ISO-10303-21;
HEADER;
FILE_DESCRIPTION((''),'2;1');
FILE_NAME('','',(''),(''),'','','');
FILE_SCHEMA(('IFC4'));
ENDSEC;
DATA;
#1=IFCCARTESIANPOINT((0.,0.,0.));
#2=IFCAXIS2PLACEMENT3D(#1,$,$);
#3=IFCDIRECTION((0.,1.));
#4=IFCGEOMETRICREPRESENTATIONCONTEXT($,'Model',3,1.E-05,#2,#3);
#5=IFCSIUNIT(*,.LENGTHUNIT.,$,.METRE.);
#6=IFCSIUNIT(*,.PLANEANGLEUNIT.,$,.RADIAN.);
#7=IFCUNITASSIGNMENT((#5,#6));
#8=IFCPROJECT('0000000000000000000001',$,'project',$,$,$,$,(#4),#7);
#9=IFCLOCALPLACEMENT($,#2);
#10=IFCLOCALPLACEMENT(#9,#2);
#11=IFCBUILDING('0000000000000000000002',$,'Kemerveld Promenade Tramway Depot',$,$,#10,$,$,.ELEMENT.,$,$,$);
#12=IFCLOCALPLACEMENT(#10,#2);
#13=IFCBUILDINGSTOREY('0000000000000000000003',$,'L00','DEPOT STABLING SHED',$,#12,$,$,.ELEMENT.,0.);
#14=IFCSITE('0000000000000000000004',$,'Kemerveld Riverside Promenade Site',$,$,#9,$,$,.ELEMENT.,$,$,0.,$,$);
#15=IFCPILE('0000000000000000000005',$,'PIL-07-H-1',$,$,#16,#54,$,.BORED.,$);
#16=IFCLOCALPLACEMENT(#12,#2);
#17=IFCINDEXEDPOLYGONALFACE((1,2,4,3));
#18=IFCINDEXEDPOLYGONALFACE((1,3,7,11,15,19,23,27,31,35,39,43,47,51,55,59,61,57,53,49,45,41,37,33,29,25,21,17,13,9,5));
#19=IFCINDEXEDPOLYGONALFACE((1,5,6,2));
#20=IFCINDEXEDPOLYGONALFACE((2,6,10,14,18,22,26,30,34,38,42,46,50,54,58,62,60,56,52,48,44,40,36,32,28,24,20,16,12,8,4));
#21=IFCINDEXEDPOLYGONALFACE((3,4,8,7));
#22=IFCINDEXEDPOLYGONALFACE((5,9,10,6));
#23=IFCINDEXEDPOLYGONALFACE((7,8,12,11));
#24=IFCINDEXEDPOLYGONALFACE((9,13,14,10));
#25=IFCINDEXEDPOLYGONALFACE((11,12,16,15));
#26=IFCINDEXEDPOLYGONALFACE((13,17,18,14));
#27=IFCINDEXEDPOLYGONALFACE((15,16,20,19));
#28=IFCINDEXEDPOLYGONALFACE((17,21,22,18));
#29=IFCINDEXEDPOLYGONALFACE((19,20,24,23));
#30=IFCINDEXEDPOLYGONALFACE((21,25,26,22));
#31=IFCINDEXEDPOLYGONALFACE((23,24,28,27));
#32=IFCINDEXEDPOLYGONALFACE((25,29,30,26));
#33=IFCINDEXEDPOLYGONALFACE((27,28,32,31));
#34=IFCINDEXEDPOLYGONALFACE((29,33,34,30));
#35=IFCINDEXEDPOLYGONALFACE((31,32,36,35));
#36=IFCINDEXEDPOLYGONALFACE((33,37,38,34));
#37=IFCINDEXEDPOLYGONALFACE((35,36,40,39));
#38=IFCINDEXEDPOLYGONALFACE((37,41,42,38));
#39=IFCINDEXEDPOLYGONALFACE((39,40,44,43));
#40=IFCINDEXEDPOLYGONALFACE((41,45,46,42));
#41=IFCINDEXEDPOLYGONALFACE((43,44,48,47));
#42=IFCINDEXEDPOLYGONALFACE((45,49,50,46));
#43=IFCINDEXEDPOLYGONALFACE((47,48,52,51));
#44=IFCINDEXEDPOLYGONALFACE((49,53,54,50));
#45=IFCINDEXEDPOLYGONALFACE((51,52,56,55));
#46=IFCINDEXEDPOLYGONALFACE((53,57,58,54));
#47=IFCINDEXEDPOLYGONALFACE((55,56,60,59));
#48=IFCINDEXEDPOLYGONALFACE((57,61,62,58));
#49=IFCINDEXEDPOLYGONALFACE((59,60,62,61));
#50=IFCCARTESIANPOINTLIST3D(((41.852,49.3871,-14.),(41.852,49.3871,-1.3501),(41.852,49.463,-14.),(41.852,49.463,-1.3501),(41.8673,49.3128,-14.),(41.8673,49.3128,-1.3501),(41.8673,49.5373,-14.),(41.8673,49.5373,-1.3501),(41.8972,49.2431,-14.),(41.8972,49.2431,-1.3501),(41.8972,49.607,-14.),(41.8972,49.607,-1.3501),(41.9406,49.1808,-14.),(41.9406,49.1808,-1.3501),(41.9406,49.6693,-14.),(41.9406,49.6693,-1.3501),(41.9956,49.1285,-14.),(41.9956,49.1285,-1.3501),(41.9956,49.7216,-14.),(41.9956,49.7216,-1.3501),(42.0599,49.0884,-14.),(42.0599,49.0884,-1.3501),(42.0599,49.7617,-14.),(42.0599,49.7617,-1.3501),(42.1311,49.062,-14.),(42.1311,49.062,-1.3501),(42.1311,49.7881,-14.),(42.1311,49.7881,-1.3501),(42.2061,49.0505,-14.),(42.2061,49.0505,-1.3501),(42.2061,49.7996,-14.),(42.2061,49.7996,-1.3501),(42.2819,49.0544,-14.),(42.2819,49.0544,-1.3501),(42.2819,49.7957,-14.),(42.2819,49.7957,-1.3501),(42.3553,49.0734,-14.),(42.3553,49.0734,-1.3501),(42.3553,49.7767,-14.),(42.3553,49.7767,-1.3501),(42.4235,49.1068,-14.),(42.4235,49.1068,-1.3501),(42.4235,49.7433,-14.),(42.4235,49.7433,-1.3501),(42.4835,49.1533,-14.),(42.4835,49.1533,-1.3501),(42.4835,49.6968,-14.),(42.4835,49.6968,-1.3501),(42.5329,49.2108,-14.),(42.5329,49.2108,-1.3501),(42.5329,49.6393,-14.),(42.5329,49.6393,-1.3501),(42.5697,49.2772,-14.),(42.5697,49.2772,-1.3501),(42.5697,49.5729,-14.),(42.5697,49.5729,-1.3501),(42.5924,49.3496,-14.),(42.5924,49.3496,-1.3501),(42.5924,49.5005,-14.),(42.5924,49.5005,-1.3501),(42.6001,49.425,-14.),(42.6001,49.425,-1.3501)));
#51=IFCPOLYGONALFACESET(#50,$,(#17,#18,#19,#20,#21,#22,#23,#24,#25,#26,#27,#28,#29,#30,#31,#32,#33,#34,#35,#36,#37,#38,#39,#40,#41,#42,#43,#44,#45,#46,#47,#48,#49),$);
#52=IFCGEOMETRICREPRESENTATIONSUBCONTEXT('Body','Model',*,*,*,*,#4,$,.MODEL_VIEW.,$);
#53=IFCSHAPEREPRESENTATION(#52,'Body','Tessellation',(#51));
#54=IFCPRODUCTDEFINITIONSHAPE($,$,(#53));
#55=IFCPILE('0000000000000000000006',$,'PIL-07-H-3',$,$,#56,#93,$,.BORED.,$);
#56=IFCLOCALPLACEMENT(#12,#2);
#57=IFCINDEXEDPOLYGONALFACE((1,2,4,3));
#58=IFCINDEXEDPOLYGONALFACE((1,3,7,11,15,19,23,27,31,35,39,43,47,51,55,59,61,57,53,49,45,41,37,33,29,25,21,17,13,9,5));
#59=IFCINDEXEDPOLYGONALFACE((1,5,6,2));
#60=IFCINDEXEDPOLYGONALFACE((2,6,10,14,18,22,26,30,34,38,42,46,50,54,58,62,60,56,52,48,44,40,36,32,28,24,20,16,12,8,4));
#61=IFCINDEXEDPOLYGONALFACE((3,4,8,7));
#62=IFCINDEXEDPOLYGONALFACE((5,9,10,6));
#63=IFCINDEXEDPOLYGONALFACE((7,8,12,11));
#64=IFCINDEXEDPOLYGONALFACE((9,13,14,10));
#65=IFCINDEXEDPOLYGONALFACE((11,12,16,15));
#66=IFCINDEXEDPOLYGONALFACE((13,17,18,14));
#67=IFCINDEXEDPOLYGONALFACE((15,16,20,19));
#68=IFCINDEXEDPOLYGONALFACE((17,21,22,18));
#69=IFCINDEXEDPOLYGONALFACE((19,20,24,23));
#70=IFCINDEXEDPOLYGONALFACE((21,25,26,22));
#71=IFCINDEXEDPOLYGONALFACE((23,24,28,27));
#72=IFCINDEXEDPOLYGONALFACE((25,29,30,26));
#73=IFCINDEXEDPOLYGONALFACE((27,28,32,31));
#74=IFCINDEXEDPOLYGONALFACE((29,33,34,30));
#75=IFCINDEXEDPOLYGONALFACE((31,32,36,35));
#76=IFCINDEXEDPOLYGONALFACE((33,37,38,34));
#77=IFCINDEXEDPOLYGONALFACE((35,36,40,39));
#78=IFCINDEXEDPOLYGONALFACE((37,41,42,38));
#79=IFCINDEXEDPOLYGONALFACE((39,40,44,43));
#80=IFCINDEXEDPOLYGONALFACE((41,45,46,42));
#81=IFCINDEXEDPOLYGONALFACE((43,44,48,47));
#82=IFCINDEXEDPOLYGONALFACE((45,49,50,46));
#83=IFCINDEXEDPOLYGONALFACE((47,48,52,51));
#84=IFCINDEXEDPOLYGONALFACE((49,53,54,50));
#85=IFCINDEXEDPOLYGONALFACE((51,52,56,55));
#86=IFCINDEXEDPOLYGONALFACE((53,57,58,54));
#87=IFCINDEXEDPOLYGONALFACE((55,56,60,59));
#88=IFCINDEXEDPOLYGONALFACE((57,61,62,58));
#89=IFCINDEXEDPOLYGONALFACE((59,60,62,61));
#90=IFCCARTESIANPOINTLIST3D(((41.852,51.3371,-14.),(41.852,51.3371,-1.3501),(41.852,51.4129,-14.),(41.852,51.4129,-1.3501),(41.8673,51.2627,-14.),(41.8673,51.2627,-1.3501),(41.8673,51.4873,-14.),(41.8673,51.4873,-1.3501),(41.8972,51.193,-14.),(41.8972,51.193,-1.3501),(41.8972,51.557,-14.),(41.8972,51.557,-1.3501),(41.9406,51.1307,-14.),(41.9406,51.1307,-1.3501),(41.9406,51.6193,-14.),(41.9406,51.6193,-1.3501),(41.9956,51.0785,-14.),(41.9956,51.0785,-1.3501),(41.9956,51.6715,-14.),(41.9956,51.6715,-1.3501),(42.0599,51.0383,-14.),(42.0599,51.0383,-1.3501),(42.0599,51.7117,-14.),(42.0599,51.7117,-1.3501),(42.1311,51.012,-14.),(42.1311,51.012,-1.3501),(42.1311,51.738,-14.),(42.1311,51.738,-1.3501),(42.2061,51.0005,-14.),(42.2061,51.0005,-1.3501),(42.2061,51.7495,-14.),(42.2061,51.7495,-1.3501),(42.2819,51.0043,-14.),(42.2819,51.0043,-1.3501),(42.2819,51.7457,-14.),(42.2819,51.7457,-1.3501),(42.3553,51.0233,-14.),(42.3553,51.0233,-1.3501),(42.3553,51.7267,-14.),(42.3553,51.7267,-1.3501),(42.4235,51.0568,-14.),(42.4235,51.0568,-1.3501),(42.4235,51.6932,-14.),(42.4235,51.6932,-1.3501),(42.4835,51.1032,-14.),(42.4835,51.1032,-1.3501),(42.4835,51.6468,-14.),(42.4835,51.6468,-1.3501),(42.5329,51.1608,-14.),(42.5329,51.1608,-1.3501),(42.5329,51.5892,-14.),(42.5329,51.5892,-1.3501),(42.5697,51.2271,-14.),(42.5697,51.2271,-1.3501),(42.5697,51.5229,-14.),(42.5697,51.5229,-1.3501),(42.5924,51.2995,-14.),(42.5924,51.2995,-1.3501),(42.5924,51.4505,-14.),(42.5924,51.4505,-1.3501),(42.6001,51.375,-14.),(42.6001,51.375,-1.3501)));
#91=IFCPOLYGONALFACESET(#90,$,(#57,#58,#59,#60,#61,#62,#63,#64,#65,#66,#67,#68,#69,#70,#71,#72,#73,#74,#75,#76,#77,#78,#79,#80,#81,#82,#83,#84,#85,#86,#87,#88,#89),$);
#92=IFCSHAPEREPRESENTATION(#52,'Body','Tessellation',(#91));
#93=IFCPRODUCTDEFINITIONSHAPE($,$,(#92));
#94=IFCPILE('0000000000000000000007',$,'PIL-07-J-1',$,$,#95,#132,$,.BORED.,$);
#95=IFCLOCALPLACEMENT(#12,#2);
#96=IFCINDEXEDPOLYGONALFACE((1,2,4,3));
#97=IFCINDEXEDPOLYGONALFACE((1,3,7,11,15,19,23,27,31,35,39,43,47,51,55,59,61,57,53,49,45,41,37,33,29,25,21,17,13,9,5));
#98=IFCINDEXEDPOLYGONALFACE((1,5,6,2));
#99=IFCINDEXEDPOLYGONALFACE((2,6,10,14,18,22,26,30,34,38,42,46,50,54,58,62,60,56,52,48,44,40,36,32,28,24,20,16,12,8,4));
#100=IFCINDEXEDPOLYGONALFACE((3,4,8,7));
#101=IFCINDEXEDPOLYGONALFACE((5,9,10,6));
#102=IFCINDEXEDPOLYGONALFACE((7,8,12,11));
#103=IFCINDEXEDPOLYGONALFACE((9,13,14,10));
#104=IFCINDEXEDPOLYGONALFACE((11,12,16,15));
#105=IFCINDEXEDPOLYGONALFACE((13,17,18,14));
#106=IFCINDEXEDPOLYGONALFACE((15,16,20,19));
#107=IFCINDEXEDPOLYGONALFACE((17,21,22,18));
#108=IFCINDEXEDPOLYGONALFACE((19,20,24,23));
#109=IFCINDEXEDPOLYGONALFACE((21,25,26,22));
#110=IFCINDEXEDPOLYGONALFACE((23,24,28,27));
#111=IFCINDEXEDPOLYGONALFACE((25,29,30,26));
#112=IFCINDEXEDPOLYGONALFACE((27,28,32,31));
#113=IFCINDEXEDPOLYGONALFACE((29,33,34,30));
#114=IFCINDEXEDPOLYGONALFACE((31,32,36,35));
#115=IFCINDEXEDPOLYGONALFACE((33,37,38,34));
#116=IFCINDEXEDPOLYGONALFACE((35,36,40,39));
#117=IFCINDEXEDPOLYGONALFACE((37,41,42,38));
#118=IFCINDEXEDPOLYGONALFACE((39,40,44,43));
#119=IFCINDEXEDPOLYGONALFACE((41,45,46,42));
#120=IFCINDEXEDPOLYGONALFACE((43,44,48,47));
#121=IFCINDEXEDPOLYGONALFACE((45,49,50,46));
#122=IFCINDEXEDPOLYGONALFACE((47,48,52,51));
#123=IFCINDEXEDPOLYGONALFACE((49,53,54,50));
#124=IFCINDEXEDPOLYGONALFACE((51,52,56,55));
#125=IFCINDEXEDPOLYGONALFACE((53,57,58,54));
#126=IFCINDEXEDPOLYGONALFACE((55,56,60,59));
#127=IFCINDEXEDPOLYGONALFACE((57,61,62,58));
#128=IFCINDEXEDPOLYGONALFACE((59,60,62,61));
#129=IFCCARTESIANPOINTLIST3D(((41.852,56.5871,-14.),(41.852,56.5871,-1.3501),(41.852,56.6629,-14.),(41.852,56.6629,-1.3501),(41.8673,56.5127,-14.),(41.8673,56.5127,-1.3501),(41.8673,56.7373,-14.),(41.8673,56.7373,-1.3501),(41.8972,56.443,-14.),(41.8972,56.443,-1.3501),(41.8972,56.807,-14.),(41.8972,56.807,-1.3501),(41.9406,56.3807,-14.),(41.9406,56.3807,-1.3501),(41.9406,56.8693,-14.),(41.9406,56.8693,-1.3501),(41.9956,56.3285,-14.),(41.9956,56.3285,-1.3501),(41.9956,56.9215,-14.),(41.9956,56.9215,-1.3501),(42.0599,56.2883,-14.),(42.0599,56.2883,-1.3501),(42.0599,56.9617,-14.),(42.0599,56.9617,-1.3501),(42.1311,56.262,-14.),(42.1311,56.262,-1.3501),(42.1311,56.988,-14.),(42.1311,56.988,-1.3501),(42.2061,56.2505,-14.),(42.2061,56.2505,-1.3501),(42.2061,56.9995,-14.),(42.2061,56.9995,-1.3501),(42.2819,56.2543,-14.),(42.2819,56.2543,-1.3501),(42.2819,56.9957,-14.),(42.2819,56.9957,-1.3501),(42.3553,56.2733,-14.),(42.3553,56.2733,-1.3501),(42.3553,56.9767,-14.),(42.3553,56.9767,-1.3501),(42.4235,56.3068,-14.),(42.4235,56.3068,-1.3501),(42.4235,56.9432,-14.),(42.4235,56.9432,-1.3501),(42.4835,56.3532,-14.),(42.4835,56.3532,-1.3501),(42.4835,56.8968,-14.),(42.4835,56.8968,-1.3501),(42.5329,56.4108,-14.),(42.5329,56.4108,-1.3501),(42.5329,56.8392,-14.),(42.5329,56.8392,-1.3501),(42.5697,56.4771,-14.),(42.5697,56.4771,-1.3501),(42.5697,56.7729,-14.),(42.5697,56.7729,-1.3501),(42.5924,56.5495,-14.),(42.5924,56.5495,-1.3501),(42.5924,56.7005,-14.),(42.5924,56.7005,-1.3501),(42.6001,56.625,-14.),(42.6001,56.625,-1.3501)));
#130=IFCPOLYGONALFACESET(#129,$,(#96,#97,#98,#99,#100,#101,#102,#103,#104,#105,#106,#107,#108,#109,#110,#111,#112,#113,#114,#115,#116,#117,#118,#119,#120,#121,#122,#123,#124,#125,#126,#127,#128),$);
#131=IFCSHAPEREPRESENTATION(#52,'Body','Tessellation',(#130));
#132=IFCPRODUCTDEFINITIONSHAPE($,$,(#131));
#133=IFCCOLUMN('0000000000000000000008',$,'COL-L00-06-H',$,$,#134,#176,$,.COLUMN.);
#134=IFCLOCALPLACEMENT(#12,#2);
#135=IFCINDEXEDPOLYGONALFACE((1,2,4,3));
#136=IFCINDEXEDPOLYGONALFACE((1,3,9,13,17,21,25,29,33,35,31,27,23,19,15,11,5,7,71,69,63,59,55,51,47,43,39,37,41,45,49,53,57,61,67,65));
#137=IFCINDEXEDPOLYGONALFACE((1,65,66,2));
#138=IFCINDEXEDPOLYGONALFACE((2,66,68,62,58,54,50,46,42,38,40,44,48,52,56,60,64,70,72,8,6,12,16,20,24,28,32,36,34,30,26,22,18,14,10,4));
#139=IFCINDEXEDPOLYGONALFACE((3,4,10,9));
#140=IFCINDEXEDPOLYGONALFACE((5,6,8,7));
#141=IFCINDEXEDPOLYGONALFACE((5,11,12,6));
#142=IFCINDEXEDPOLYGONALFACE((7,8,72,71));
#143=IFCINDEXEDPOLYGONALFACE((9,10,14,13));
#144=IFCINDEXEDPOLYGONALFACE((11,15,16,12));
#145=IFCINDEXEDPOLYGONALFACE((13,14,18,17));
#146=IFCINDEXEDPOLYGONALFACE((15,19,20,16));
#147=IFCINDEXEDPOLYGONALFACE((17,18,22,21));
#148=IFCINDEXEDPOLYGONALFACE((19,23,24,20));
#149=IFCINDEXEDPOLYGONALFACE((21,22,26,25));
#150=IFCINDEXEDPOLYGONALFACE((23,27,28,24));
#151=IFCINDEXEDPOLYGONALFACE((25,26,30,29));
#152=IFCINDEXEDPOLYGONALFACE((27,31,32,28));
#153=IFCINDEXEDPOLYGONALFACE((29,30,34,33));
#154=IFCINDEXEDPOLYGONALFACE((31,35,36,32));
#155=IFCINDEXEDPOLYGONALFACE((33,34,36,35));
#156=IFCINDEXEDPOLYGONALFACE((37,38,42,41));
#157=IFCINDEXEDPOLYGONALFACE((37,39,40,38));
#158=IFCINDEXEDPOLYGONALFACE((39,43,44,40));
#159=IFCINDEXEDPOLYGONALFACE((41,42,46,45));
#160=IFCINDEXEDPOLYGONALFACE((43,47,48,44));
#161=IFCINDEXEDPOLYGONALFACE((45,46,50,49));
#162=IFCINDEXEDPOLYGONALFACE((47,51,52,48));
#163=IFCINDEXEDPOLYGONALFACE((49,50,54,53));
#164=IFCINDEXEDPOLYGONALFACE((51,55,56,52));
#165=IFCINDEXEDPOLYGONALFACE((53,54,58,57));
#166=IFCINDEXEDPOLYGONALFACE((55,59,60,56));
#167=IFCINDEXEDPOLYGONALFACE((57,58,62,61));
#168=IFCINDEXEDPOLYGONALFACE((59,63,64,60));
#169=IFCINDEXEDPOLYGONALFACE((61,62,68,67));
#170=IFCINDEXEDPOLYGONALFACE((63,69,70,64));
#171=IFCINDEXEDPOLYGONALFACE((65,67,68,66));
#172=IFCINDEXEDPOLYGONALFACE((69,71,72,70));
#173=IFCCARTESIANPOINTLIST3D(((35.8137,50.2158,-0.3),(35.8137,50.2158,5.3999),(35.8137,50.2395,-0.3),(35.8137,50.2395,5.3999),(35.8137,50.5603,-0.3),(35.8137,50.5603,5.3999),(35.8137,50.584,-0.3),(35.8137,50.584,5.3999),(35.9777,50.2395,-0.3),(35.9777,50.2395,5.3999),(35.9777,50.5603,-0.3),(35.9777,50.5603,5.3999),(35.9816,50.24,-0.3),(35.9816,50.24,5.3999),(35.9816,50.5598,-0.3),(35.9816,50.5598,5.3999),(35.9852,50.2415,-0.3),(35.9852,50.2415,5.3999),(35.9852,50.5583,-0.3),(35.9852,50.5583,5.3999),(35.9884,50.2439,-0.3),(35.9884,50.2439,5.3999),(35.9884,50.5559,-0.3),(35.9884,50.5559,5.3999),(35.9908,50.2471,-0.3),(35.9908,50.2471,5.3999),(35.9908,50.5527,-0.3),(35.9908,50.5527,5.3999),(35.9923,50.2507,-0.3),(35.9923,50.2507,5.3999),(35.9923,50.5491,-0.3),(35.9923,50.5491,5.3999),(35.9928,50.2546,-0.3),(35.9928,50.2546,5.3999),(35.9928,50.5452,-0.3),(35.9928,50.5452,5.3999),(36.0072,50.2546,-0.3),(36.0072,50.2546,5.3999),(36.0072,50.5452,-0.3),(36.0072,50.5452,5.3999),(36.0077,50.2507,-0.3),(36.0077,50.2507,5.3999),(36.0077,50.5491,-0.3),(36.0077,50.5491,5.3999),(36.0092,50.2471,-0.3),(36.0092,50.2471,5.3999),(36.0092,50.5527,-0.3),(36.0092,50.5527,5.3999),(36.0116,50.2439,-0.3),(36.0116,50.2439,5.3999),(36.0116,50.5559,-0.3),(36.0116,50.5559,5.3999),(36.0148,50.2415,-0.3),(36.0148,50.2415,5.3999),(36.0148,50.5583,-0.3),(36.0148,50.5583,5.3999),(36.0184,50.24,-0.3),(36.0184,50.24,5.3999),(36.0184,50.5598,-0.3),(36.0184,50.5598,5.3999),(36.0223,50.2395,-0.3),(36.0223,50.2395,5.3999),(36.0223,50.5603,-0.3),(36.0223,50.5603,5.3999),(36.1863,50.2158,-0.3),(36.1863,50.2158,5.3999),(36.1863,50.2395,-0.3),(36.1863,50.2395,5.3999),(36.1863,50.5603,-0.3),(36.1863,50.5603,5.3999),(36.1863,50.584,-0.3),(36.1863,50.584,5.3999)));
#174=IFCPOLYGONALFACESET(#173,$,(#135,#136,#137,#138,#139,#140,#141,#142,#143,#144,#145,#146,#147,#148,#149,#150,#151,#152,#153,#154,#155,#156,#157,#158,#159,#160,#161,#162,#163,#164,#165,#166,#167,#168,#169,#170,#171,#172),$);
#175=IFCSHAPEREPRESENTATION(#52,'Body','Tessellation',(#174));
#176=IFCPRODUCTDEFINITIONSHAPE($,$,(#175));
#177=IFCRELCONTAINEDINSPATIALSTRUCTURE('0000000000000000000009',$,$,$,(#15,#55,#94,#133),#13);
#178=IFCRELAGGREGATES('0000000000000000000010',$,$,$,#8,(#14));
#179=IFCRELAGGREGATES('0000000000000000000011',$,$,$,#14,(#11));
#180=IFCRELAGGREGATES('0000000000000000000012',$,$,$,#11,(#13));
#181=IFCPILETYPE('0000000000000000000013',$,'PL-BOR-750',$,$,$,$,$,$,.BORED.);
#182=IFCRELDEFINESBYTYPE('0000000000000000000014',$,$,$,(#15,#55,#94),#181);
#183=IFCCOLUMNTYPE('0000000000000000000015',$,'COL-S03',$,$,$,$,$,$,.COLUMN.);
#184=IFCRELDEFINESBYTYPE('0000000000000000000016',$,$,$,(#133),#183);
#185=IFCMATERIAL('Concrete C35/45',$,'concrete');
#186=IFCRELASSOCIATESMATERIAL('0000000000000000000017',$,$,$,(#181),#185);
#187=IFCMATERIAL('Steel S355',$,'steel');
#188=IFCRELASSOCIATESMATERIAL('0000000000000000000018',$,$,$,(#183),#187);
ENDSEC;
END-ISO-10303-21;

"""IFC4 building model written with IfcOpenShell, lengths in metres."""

from ifc_helpers import new_model, si_unit, direction, frame, origin, origin_2d, place, context, subcontext, project, spatial, circle, i_section, extrude, material, material_profile, profile_set, type_object, element, save


model = new_model("IFC4")

# Units and contexts
model_context = context("Model", 3, precision=1e-05, world=origin(), true_north=direction((0.0, 1.0)))
body_context = subcontext(model_context, "Body", "Model", "MODEL_VIEW")
ifc_project = project(units=[si_unit("LENGTHUNIT", "METRE"), si_unit("PLANEANGLEUNIT", "RADIAN")], contexts=[model_context])

# Site, building, storey
site_placement = place(None, origin())
site = spatial("IfcSite", under=ifc_project, at=site_placement, Name="Kemerveld Riverside Promenade Site", CompositionType="ELEMENT", RefElevation=0.0)
building_placement = place(site_placement, origin())
building = spatial("IfcBuilding", under=site, at=building_placement, Name="Kemerveld Promenade Tramway Depot", CompositionType="ELEMENT")
storey_placement = place(building_placement, origin())
storey = spatial("IfcBuildingStorey", under=building, at=storey_placement, Name="L00", Description="DEPOT STABLING SHED", CompositionType="ELEMENT", Elevation=0.0)

# Shared definitions
ifc_material_1 = material(Name="Concrete C35/45", Category="concrete")

# Piles
ifc_material_profile_1 = material_profile(ifc_material_1, circle(Radius=0.375, at=origin_2d()), Name="PILE-D750")
ifc_profile_set_1 = profile_set([ifc_material_profile_1], Name="Concrete C35/45")
pile_type = type_object("IfcPileType", Name="PL-BOR-750", PredefinedType="BORED", material=ifc_profile_set_1)
for number, where, z_axis, x_axis, name in (
    (1, (42.2251, 49.425, -1.3501), (0.0, 0.0, -1.0), (1.0, 0.0, 0.0), "PIL-07-H-1"),
    (2, (42.2251, 51.375, -1.3501), (0.0, 0.0, -1.0), (1.0, 0.0, 0.0), "PIL-07-H-3"),
    (3, (42.2251, 56.625, -1.3501), (0.0, 0.0, -1.0), (1.0, 0.0, 0.0), "PIL-07-J-1"),
):
    element("IfcPile", number, at=place(storey_placement, frame(where, z_axis=z_axis, x_axis=x_axis)), inside=storey, type_object=pile_type, Name=name, PredefinedType="BORED", context=body_context, shape_type="SweptSolid", body=[
        extrude(circle(Radius=0.375, at=origin_2d()), origin(), (0.0, 0.0, 1.0), 12.6499),
    ])

# Column
ifc_material_2 = material(Name="Steel S355", Category="steel")
ifc_material_profile_2 = material_profile(ifc_material_2, i_section(OverallWidth=0.3726, OverallDepth=0.3682, WebThickness=0.0144, FlangeThickness=0.0237, FilletRadius=0.0151, at=origin_2d()), Name="356x368x177 UC")
ifc_profile_set_2 = profile_set([ifc_material_profile_2], Name="Steel S355")
column_type = type_object("IfcColumnType", Name="COL-S03", PredefinedType="COLUMN", material=ifc_profile_set_2)
for number, where, z_axis, x_axis, name in (
    (4, (36.0, 50.3999, -0.3), (0.0, 0.0, 1.0), (1.0, 0.0, 0.0), "COL-L00-06-H"),
):
    element("IfcColumn", number, at=place(storey_placement, frame(where, z_axis=z_axis, x_axis=x_axis)), inside=storey, type_object=column_type, Name=name, PredefinedType="COLUMN", context=body_context, shape_type="SweptSolid", body=[
        extrude(i_section(OverallWidth=0.3726, OverallDepth=0.3682, WebThickness=0.0144, FlangeThickness=0.0237, FilletRadius=0.0151, at=origin_2d()), origin(), (0.0, 0.0, 1.0), 5.7),
    ])

save(model, "model.ifc")
